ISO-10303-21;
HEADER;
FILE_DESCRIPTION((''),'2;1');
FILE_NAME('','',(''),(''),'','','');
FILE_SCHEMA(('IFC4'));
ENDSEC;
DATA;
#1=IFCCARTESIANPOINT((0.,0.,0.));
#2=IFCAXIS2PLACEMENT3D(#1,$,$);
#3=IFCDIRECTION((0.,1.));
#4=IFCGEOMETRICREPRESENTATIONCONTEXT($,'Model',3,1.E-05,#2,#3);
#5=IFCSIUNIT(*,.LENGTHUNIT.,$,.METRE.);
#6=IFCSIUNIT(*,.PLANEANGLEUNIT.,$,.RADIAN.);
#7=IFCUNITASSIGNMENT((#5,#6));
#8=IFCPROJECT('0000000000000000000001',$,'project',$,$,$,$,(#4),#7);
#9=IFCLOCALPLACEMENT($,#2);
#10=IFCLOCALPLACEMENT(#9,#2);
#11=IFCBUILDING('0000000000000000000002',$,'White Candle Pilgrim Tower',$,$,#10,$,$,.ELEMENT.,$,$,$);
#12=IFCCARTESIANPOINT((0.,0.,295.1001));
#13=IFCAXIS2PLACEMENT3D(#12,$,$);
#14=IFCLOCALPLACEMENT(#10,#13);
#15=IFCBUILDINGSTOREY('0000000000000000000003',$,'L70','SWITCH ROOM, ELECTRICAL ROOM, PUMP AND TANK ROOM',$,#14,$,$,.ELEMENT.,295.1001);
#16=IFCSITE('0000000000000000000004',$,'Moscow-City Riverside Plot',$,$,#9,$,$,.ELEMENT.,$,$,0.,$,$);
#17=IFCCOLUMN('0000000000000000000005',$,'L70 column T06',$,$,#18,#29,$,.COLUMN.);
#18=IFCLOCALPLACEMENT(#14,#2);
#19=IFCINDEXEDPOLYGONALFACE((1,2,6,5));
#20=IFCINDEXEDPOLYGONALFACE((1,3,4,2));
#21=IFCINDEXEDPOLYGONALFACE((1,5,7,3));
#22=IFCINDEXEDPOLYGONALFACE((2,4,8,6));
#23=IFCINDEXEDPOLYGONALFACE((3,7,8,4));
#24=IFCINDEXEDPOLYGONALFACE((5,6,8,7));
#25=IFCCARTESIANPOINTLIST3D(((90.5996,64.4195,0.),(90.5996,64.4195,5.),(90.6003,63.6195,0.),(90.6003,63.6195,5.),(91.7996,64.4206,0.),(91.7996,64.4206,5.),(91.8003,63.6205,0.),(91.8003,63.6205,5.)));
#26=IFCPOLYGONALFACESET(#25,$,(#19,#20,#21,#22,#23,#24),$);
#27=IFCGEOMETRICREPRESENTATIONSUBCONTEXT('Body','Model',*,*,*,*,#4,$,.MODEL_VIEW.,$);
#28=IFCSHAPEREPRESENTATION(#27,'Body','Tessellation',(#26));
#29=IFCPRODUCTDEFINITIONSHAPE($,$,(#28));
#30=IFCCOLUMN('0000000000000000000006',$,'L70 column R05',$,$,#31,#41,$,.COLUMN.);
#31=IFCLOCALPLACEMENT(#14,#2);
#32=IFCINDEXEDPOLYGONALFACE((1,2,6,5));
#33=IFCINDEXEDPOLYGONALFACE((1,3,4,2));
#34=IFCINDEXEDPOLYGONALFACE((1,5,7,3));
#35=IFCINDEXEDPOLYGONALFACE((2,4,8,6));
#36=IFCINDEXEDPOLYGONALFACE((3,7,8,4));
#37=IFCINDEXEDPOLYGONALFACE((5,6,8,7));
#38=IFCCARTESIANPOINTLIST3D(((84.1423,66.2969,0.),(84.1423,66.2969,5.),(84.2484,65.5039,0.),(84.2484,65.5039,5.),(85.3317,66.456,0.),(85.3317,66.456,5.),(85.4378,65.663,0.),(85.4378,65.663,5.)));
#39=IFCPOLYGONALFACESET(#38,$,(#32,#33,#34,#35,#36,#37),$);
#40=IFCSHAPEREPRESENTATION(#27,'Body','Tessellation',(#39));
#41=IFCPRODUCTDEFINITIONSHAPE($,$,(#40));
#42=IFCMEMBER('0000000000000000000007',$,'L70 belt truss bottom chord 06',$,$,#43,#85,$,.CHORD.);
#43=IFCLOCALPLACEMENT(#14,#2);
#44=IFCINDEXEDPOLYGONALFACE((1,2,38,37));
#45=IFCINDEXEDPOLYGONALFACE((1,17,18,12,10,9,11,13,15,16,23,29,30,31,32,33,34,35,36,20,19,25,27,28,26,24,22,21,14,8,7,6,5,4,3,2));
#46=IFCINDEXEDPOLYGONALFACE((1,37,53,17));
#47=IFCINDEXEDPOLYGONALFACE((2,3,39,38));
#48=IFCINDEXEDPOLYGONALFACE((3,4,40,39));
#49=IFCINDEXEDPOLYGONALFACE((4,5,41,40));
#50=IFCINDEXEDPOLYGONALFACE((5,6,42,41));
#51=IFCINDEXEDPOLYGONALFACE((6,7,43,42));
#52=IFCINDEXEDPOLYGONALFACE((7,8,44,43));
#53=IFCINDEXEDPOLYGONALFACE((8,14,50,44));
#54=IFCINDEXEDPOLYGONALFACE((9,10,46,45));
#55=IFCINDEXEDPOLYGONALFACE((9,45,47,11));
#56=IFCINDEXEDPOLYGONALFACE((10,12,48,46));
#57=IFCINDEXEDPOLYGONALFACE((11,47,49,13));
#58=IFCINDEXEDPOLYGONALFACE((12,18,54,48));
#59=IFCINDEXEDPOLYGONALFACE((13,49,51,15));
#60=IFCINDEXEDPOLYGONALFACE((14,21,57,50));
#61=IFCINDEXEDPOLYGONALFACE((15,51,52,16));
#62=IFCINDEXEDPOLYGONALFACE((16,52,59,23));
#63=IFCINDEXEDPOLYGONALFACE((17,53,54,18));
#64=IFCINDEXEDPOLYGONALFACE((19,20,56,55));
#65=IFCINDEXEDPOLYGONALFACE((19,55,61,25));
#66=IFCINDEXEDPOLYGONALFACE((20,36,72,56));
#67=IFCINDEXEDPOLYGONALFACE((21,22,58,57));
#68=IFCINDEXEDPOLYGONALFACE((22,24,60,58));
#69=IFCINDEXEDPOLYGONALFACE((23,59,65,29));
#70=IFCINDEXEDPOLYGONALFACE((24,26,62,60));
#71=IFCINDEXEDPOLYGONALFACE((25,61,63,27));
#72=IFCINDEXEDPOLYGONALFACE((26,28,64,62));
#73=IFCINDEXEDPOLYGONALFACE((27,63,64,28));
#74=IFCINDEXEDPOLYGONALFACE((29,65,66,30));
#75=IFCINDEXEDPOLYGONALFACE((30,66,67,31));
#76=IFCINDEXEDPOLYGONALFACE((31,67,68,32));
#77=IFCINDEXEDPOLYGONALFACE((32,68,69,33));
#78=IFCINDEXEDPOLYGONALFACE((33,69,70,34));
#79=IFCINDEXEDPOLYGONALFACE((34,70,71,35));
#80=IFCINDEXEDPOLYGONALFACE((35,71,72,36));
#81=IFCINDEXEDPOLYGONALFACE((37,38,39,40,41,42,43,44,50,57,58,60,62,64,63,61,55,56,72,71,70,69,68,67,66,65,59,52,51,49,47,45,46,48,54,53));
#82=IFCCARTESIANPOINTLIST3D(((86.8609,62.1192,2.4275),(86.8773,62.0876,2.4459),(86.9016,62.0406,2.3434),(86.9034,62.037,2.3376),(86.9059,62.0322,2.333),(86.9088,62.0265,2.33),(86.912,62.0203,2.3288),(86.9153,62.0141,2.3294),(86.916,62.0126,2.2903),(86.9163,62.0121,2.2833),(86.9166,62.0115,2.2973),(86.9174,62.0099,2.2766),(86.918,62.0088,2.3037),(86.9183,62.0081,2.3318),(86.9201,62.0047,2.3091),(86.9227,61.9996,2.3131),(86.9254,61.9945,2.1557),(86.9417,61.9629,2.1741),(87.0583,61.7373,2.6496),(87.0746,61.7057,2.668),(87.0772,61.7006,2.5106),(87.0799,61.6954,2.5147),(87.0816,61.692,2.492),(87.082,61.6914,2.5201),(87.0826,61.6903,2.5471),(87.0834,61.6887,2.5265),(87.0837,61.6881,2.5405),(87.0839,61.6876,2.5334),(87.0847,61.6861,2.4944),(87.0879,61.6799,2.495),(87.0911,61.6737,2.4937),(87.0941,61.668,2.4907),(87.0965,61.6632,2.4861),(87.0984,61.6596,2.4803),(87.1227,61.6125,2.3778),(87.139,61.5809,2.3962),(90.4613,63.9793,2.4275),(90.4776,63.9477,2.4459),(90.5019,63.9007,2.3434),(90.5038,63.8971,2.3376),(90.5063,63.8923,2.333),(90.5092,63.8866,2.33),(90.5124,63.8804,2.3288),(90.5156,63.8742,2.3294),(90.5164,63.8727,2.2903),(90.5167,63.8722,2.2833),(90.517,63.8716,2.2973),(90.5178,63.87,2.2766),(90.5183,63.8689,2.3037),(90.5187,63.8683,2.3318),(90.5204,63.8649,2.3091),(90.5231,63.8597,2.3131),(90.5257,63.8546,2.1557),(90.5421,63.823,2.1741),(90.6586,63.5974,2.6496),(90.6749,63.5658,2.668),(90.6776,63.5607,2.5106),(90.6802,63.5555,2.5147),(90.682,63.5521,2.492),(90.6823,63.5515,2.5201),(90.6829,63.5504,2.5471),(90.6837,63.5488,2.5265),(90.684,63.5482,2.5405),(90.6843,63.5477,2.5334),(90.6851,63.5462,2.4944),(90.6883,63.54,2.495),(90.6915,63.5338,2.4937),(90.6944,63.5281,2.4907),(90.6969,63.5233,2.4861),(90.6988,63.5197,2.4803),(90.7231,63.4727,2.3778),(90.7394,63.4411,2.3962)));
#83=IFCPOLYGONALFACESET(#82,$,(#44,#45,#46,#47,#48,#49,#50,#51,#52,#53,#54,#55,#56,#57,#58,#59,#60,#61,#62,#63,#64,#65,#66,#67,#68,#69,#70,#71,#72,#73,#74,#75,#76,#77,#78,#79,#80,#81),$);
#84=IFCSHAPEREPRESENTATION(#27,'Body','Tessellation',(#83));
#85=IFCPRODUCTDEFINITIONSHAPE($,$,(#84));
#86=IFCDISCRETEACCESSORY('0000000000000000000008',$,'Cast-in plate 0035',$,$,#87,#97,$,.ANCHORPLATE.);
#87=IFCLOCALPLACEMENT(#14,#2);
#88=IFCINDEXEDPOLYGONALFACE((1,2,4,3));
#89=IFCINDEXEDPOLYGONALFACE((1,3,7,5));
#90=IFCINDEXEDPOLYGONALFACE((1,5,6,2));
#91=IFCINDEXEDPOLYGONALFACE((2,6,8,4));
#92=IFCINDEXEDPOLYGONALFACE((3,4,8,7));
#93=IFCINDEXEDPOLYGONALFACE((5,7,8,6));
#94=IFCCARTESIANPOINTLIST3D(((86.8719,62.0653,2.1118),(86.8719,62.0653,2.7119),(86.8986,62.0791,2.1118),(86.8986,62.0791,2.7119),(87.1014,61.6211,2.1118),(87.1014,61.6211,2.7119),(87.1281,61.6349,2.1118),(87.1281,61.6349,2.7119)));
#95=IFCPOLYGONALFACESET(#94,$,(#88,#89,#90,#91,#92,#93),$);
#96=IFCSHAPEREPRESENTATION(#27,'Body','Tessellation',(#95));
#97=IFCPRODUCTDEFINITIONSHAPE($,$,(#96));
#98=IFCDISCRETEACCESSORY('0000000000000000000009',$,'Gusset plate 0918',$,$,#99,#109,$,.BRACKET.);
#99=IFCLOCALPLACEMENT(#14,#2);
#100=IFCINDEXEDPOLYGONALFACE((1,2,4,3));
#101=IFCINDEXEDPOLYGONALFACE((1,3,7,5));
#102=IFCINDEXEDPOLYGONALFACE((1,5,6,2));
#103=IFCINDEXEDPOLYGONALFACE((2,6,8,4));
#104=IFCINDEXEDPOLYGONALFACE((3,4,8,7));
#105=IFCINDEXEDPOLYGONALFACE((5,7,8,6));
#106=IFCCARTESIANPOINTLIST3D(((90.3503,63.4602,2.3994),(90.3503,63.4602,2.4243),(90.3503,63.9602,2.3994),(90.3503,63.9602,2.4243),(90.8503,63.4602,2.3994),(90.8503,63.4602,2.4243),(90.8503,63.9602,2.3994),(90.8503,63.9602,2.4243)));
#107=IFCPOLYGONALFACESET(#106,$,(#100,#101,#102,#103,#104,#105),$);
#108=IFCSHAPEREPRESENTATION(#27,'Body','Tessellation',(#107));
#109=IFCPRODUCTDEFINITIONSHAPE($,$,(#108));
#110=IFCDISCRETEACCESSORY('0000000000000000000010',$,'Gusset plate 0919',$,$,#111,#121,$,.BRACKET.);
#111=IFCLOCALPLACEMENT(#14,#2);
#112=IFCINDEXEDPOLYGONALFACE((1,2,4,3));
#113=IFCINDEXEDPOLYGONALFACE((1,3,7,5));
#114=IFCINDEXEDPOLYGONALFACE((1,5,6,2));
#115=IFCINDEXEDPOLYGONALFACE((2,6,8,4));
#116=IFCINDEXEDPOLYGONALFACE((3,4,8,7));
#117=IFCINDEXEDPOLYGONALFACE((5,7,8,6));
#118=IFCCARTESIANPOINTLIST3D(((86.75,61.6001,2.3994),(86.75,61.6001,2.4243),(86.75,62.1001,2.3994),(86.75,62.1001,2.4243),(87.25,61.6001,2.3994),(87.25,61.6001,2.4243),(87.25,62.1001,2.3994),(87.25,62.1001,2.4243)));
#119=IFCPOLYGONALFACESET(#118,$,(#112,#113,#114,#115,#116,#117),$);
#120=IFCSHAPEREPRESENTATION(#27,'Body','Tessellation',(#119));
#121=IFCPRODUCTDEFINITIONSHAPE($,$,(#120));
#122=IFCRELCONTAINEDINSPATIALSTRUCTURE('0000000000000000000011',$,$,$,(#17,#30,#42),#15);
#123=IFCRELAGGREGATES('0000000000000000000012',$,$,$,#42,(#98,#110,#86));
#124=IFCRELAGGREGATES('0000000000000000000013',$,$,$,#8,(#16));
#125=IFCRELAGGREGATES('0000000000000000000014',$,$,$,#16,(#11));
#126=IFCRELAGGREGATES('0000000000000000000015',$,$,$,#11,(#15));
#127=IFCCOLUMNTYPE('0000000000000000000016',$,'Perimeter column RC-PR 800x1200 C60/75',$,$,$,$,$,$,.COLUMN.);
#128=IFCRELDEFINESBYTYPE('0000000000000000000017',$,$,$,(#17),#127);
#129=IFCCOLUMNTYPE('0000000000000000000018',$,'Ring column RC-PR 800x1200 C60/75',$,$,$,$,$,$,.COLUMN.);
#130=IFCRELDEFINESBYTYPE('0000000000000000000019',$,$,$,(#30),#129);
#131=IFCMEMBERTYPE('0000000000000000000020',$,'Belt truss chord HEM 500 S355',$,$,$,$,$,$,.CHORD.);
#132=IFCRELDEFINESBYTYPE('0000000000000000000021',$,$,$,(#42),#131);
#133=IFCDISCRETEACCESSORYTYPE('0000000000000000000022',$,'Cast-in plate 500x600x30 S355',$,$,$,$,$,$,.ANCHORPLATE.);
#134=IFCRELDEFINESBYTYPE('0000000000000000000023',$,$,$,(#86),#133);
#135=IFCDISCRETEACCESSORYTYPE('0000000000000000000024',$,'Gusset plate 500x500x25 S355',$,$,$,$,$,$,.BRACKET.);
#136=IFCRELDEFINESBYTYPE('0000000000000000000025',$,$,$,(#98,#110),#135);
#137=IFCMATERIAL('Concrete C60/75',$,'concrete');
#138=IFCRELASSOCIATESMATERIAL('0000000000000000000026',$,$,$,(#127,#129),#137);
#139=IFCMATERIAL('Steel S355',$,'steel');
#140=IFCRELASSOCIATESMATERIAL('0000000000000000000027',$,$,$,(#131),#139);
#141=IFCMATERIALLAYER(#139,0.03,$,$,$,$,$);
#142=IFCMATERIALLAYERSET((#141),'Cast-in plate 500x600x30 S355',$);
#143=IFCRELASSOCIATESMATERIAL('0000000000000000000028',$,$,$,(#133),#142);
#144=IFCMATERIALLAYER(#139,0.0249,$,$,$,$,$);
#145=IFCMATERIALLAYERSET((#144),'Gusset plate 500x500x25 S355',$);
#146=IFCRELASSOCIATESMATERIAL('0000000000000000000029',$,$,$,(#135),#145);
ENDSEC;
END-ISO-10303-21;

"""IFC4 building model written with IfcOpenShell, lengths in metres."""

from ifc_helpers import new_model, si_unit, direction, frame, origin, origin_2d, place, context, subcontext, project, spatial, rectangle, i_section, extrude, material, layer, layer_set, material_profile, profile_set, type_object, element, aggregate, save


model = new_model("IFC4")

# Units and contexts
model_context = context("Model", 3, precision=1e-05, world=origin(), true_north=direction((0.0, 1.0)))
body_context = subcontext(model_context, "Body", "Model", "MODEL_VIEW")
ifc_project = project(units=[si_unit("LENGTHUNIT", "METRE"), si_unit("PLANEANGLEUNIT", "RADIAN")], contexts=[model_context])

# Site, building, storey
site_placement = place(None, origin())
site = spatial("IfcSite", under=ifc_project, at=site_placement, Name="Moscow-City Riverside Plot", CompositionType="ELEMENT", RefElevation=0.0)
building_placement = place(site_placement, origin())
building = spatial("IfcBuilding", under=site, at=building_placement, Name="White Candle Pilgrim Tower", CompositionType="ELEMENT")
storey_placement = place(building_placement, frame((0.0, 0.0, 295.1001)))
storey = spatial("IfcBuildingStorey", under=building, at=storey_placement, Name="L70", Description="SWITCH ROOM, ELECTRICAL ROOM, PUMP AND TANK ROOM", CompositionType="ELEMENT", Elevation=295.1001)

# Columns
ifc_material_1 = material(Name="Concrete C60/75", Category="concrete")
ifc_material_profile_1 = material_profile(ifc_material_1, rectangle(XDim=0.8, YDim=1.2, at=origin_2d()), Name="RC-PR 800x1200")
ifc_profile_set_1 = profile_set([ifc_material_profile_1], Name="Concrete C60/75")
column_type_1 = type_object("IfcColumnType", Name="Perimeter column RC-PR 800x1200 C60/75", PredefinedType="COLUMN", material=ifc_profile_set_1)
column_1_placement = place(storey_placement, frame((91.2, 64.02, 0.0), z_axis=(0.0, 0.0, 1.0), x_axis=(0.000855, -1.0, 0.0)))
element("IfcColumn", 1, at=column_1_placement, inside=storey, type_object=column_type_1, Name="L70 column T06", PredefinedType="COLUMN", context=body_context, shape_type="SweptSolid", body=[
    extrude(rectangle(XDim=0.8, YDim=1.2, at=origin_2d()), origin(), (0.0, 0.0, 1.0), 5.0),
])
ifc_material_profile_2 = material_profile(ifc_material_1, rectangle(XDim=0.8, YDim=1.2, at=origin_2d()), Name="RC-PR 800x1200")
ifc_profile_set_2 = profile_set([ifc_material_profile_2], Name="Concrete C60/75")
column_type_2 = type_object("IfcColumnType", Name="Ring column RC-PR 800x1200 C60/75", PredefinedType="COLUMN", material=ifc_profile_set_2)
column_2_placement = place(storey_placement, frame((84.79, 65.98, 0.0), z_axis=(0.0, 0.0, 1.0), x_axis=(0.132602, -0.991169, 0.0)))
element("IfcColumn", 2, at=column_2_placement, inside=storey, type_object=column_type_2, Name="L70 column R05", PredefinedType="COLUMN", context=body_context, shape_type="SweptSolid", body=[
    extrude(rectangle(XDim=0.8, YDim=1.2, at=origin_2d()), origin(), (0.0, 0.0, 1.0), 5.0),
])

# Member
ifc_material_2 = material(Name="Steel S355", Category="steel")
ifc_material_profile_3 = material_profile(ifc_material_2, i_section(OverallWidth=0.3059, OverallDepth=0.5239, WebThickness=0.021, FlangeThickness=0.04, FilletRadius=0.0271, at=origin_2d()), Name="HEM 500")
ifc_profile_set_3 = profile_set([ifc_material_profile_3], Name="Steel S355")
member_type_1 = type_object("IfcMemberType", Name="Belt truss chord HEM 500 S355", PredefinedType="CHORD", material=ifc_profile_set_3)
member_1_placement = place(storey_placement, frame((90.6003, 63.7102, 2.4119), z_axis=(-0.888433, -0.459007, 0.0), x_axis=(0.210688, -0.407799, -0.888431)))
member_1 = element("IfcMember", 3, at=member_1_placement, inside=storey, type_object=member_type_1, Name="L70 belt truss bottom chord 06", PredefinedType="CHORD", context=body_context, shape_type="SweptSolid", body=[
    extrude(i_section(OverallWidth=0.3059, OverallDepth=0.5239, WebThickness=0.021, FlangeThickness=0.04, FilletRadius=0.0271, at=origin_2d()), origin(), (0.0, 0.0, 1.0), 4.0525),
])

# Discrete accessories
ifc_layer_1 = layer(ifc_material_2, 0.03)
ifc_layer_set_1 = layer_set([ifc_layer_1], Name="Cast-in plate 500x600x30 S355")
discrete_accessory_type_1 = type_object("IfcDiscreteAccessoryType", Name="Cast-in plate 500x600x30 S355", PredefinedType="ANCHORPLATE", material=ifc_layer_set_1)
discrete_accessory_1_placement = place(storey_placement, frame((87.0, 61.8501, 2.1118), z_axis=(0.0, 0.0, 1.0), x_axis=(0.888433, 0.459006, 0.0)))
discrete_accessory_1 = element("IfcDiscreteAccessory", 4, at=discrete_accessory_1_placement, type_object=discrete_accessory_type_1, Name="Cast-in plate 0035", PredefinedType="ANCHORPLATE", context=body_context, shape_type="SweptSolid", body=[
    extrude(rectangle(XDim=0.03, YDim=0.5, at=origin_2d()), origin(), (0.0, 0.0, 1.0), 0.6001),
])
ifc_layer_2 = layer(ifc_material_2, 0.0249)
ifc_layer_set_2 = layer_set([ifc_layer_2], Name="Gusset plate 500x500x25 S355")
discrete_accessory_type_2 = type_object("IfcDiscreteAccessoryType", Name="Gusset plate 500x500x25 S355", PredefinedType="BRACKET", material=ifc_layer_set_2)
discrete_accessory_2_placement = place(storey_placement, frame((90.6003, 63.7102, 2.3994), z_axis=(0.0, 0.0, 1.0), x_axis=(1.0, 0.0, 0.0)))
discrete_accessory_2 = element("IfcDiscreteAccessory", 5, at=discrete_accessory_2_placement, type_object=discrete_accessory_type_2, Name="Gusset plate 0918", PredefinedType="BRACKET", context=body_context, shape_type="SweptSolid", body=[
    extrude(rectangle(XDim=0.5, YDim=0.5, at=origin_2d()), origin(), (0.0, 0.0, 1.0), 0.0249),
])
discrete_accessory_3_placement = place(storey_placement, frame((87.0, 61.8501, 2.3994), z_axis=(0.0, 0.0, 1.0), x_axis=(1.0, 0.0, 0.0)))
discrete_accessory_3 = element("IfcDiscreteAccessory", 6, at=discrete_accessory_3_placement, type_object=discrete_accessory_type_2, Name="Gusset plate 0919", PredefinedType="BRACKET", context=body_context, shape_type="SweptSolid", body=[
    extrude(rectangle(XDim=0.5, YDim=0.5, at=origin_2d()), origin(), (0.0, 0.0, 1.0), 0.0249),
])
aggregate(member_1, [discrete_accessory_2, discrete_accessory_3, discrete_accessory_1])

save(model, "model.ifc")
